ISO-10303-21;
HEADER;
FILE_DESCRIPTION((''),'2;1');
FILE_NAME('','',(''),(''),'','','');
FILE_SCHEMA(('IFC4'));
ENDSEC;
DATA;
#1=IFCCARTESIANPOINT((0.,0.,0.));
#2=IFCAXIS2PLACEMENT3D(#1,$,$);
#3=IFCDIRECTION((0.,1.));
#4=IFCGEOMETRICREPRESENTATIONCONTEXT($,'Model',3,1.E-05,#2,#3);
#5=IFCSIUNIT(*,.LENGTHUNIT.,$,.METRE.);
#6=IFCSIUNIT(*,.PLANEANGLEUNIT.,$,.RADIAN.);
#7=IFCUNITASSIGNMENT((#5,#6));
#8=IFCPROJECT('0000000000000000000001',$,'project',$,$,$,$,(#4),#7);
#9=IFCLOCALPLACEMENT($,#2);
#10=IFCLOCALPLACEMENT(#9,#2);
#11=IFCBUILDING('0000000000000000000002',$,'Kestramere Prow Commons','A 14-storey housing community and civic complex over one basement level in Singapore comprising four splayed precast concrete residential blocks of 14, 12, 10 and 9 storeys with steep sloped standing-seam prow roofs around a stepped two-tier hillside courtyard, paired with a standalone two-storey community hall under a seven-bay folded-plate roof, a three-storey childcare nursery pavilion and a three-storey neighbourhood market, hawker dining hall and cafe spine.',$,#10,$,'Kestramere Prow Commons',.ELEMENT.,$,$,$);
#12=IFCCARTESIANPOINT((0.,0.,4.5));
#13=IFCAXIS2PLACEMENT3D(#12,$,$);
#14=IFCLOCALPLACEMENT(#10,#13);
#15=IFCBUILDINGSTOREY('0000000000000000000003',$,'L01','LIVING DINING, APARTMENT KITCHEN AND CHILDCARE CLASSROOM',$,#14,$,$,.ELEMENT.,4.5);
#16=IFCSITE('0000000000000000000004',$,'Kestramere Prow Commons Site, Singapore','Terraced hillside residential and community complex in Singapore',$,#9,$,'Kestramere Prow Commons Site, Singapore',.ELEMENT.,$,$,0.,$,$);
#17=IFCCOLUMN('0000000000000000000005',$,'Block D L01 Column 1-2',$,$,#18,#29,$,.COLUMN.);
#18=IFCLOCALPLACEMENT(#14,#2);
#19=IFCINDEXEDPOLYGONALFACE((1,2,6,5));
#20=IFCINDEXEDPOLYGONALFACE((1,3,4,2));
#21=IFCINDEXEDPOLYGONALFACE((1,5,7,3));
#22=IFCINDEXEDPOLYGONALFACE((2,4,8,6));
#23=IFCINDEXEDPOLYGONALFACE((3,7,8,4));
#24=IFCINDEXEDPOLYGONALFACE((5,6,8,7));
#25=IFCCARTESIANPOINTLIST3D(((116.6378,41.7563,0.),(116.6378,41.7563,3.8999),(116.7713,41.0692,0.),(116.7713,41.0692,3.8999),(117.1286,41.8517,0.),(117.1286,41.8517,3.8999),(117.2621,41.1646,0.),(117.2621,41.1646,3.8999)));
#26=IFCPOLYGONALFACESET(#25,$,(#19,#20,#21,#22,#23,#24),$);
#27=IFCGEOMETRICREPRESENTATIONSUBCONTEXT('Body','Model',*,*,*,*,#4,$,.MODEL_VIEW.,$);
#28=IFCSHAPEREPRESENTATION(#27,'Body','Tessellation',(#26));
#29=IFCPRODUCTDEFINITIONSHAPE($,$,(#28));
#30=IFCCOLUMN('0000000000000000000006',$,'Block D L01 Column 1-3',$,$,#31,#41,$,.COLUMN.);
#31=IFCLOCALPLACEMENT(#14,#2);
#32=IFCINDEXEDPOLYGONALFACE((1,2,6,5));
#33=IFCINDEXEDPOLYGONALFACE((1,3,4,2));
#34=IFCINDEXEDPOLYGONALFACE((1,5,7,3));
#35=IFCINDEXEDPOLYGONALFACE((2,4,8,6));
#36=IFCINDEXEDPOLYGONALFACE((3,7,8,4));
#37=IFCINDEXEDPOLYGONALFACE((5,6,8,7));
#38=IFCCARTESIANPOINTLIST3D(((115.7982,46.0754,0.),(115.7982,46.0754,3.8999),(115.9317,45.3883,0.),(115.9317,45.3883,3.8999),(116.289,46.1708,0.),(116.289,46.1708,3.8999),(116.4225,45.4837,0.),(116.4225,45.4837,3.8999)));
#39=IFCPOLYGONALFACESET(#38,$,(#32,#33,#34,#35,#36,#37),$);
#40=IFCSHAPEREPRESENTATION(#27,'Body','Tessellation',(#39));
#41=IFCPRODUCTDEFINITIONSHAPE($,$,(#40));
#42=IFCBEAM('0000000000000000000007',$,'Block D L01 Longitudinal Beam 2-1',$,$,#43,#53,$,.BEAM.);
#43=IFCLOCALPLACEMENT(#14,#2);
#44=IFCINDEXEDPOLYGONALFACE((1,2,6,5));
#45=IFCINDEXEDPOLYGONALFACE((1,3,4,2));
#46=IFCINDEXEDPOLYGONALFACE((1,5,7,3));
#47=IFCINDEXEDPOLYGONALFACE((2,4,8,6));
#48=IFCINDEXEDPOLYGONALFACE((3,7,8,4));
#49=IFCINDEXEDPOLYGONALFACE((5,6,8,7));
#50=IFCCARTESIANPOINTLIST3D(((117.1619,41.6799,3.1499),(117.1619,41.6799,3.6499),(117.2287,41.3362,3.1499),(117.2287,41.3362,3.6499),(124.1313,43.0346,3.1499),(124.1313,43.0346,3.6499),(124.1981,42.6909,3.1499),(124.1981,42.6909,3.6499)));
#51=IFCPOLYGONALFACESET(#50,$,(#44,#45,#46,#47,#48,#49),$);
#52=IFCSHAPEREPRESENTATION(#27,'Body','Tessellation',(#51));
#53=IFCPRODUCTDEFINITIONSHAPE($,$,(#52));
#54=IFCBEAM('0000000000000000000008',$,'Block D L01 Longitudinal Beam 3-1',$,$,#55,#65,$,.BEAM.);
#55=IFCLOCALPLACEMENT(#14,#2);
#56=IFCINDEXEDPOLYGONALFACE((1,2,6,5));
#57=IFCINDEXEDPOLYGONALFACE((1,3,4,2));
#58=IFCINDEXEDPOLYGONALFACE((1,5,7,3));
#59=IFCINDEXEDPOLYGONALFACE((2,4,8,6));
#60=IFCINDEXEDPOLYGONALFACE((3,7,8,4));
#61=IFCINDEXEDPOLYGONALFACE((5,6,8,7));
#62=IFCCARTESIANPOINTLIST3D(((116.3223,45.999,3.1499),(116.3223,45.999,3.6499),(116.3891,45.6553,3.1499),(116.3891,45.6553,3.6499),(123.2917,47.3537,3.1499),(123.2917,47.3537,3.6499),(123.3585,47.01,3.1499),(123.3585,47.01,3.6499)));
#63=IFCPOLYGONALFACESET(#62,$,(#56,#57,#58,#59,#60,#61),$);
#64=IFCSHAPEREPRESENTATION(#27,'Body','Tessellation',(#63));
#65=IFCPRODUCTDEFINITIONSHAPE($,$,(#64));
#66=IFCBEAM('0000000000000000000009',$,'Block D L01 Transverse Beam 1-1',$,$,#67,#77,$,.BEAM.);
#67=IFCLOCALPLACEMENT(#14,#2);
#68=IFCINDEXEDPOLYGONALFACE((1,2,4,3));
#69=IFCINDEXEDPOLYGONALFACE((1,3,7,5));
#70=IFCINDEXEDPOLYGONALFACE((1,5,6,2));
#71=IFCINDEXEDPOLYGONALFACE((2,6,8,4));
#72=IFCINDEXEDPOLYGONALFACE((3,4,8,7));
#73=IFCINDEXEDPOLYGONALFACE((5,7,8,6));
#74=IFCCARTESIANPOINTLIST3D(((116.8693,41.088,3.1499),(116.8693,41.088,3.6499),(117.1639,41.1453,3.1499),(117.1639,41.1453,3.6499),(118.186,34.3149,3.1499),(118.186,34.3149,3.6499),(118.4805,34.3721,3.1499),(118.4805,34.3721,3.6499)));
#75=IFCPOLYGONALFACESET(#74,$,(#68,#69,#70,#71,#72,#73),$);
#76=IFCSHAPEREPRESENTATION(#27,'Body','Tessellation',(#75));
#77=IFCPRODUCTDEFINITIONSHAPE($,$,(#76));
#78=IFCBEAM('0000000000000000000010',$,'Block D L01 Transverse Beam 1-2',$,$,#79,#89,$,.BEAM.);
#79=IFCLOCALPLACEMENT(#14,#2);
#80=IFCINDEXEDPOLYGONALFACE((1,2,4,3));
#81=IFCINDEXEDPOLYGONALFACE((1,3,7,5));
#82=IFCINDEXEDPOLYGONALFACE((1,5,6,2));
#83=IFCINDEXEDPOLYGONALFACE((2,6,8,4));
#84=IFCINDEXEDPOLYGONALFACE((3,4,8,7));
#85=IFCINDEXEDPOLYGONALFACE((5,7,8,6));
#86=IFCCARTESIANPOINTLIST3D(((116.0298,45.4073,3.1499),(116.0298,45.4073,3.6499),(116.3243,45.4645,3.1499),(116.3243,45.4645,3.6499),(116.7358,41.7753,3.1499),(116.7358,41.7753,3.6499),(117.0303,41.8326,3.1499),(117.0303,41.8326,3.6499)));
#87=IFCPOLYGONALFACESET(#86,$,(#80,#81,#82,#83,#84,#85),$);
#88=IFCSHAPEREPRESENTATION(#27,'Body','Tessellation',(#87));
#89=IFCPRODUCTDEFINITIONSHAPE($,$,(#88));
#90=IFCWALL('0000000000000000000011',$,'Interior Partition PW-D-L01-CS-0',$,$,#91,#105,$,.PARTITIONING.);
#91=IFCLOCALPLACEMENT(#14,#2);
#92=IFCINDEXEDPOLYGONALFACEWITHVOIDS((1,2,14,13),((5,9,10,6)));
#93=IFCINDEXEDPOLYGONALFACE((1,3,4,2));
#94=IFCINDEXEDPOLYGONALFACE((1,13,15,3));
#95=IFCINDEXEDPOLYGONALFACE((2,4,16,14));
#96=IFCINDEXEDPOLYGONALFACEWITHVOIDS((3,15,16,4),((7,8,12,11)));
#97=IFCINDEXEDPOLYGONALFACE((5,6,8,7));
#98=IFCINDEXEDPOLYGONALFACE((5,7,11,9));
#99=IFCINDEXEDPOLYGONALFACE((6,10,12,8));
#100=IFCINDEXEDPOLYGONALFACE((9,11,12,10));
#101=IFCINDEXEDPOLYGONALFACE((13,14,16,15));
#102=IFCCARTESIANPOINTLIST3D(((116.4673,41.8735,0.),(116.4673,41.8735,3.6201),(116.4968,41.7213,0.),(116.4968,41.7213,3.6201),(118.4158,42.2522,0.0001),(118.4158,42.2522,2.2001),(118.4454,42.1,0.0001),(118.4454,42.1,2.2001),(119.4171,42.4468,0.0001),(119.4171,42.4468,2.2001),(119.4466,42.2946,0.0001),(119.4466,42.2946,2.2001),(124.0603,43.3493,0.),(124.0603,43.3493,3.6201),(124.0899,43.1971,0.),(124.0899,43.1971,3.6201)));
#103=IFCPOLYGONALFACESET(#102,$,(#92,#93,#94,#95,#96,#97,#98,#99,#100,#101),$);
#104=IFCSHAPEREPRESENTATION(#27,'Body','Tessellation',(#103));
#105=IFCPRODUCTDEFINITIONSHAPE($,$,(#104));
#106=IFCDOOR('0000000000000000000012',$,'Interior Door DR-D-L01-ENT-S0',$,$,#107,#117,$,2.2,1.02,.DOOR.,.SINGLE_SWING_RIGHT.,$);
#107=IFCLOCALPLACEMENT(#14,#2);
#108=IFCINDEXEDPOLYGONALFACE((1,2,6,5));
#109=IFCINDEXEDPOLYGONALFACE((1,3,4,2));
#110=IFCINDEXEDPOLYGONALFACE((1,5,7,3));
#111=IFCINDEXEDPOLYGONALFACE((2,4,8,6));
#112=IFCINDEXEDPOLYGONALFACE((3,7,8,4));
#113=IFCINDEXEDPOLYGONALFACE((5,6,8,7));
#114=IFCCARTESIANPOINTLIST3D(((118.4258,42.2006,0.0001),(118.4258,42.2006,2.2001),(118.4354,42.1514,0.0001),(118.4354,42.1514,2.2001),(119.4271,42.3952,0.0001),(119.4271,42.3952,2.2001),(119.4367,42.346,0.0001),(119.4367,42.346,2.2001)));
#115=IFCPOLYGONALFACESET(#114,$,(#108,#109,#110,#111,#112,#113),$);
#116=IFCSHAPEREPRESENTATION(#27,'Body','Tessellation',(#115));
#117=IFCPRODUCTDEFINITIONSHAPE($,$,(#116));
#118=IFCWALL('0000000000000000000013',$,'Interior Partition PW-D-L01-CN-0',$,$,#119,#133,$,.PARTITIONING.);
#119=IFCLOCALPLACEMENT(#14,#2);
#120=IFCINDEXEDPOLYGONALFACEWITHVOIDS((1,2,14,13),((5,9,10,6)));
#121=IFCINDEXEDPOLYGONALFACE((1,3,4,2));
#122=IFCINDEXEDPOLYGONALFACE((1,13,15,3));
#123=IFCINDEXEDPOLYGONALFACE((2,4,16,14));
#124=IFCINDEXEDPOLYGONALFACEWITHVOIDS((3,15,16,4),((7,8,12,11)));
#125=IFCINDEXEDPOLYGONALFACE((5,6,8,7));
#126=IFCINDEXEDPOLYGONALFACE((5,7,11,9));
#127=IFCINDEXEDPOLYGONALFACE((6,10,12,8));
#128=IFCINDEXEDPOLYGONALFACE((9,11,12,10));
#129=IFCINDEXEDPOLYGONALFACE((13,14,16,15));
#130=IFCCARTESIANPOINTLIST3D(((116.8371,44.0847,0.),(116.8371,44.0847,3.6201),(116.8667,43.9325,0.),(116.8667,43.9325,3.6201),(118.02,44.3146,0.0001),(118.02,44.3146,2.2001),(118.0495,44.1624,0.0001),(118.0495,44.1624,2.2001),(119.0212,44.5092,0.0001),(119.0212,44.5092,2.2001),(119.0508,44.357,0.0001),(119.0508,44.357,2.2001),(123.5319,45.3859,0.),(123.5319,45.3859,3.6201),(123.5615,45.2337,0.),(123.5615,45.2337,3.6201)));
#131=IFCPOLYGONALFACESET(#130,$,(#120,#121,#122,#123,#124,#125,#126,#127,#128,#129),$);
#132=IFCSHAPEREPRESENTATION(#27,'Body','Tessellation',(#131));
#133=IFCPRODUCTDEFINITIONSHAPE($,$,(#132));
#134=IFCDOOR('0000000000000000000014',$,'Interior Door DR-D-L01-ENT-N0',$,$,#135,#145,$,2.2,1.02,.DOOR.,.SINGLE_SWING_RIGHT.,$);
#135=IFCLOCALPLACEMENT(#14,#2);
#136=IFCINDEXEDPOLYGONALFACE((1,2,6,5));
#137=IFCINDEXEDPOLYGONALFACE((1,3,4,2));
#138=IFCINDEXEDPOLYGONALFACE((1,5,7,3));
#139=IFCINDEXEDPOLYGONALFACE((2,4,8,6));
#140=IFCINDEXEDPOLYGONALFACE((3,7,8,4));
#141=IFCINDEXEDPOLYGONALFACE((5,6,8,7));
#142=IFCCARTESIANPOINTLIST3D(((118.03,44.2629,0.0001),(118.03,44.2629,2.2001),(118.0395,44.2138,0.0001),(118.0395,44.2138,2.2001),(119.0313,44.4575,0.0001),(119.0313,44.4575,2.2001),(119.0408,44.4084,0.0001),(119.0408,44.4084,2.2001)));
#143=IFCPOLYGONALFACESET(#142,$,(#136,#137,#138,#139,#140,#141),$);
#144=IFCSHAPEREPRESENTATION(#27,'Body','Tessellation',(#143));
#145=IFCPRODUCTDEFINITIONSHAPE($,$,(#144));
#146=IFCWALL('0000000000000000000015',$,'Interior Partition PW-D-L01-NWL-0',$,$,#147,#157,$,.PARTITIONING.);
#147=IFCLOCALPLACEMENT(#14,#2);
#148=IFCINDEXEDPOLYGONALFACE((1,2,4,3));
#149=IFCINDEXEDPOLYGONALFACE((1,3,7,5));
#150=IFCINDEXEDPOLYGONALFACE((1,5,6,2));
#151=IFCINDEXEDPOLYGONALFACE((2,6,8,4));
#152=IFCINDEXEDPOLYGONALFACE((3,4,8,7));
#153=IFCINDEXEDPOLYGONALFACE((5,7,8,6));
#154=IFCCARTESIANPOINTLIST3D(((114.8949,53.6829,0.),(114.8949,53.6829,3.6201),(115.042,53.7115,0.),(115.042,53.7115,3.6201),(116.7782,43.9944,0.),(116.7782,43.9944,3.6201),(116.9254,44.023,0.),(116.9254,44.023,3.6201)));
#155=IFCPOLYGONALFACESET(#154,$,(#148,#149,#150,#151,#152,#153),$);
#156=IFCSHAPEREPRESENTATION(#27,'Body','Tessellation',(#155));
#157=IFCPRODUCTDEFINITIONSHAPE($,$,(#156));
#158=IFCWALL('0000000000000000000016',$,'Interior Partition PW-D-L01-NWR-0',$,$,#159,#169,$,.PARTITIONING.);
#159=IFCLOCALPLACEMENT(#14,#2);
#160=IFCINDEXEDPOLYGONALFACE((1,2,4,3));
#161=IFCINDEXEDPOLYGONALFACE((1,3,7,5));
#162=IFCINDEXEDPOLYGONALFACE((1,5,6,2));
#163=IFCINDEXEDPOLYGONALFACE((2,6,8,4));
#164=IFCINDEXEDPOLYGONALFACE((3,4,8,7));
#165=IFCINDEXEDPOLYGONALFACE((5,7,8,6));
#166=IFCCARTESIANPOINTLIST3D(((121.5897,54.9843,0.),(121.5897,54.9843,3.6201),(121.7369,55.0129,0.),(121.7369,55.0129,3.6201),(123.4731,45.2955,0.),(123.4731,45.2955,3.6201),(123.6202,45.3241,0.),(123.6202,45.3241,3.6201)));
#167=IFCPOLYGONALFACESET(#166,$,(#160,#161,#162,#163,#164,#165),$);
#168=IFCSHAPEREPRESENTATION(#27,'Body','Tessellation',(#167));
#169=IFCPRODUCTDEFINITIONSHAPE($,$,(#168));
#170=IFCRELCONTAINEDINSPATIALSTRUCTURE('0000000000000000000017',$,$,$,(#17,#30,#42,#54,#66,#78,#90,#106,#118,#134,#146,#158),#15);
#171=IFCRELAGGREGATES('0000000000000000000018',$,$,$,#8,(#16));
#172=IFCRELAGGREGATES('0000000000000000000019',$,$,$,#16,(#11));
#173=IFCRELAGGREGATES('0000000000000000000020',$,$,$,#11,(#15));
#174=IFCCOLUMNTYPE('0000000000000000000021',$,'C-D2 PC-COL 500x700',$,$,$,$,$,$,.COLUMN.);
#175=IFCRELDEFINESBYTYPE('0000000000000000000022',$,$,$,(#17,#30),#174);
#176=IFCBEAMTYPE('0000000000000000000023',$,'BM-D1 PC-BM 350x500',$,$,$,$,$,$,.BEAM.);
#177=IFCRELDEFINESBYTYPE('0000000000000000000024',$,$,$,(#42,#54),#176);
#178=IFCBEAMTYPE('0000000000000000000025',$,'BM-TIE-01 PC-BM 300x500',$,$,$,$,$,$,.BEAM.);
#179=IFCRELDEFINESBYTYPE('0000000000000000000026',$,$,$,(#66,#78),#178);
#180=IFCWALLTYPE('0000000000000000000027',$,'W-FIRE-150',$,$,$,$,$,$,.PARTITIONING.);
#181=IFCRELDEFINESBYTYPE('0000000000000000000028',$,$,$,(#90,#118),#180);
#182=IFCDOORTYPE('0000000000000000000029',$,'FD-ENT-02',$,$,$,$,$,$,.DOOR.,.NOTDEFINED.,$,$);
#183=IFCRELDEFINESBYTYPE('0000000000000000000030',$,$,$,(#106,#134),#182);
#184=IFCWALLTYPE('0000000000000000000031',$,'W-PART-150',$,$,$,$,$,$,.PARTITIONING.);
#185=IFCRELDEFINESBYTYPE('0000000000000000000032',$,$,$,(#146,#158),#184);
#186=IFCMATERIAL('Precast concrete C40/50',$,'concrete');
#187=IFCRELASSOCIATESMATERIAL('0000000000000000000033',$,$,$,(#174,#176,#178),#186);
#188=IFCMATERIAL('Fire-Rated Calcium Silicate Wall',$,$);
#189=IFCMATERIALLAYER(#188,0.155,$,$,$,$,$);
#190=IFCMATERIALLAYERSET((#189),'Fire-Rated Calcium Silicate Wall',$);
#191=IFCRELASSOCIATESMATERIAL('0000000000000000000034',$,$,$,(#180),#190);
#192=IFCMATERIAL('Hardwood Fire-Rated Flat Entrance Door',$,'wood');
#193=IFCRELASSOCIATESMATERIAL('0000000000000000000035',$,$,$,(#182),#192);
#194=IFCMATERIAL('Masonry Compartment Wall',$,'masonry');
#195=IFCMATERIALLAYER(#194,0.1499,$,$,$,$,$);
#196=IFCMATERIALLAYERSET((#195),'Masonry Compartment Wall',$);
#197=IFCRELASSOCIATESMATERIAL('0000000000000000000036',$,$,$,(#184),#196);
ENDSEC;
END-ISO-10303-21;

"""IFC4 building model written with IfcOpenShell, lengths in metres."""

from ifc_helpers import new_model, si_unit, direction, frame, frame_2d, origin, origin_2d, place, context, subcontext, project, spatial, rectangle, extrude, material, layer, layer_set, material_profile, profile_set, type_object, element, fill, save


model = new_model("IFC4")

# Units and contexts
model_context = context("Model", 3, precision=1e-05, world=origin(), true_north=direction((0.0, 1.0)))
body_context = subcontext(model_context, "Body", "Model", "MODEL_VIEW")
ifc_project = project(units=[si_unit("LENGTHUNIT", "METRE"), si_unit("PLANEANGLEUNIT", "RADIAN")], contexts=[model_context])

# Site, building, storey
site_placement = place(None, origin())
site = spatial("IfcSite", under=ifc_project, at=site_placement, Name="Kestramere Prow Commons Site, Singapore", Description="Terraced hillside residential and community complex in Singapore", LongName="Kestramere Prow Commons Site, Singapore", CompositionType="ELEMENT", RefElevation=0.0)
building_placement = place(site_placement, origin())
building = spatial("IfcBuilding", under=site, at=building_placement, Name="Kestramere Prow Commons", Description="A 14-storey housing community and civic complex over one basement level in Singapore comprising four splayed precast concrete residential blocks of 14, 12, 10 and 9 storeys with steep sloped standing-seam prow roofs around a stepped two-tier hillside courtyard, paired with a standalone two-storey community hall under a seven-bay folded-plate roof, a three-storey childcare nursery pavilion and a three-storey neighbourhood market, hawker dining hall and cafe spine.", LongName="Kestramere Prow Commons", CompositionType="ELEMENT")
storey_placement = place(building_placement, frame((0.0, 0.0, 4.5)))
storey = spatial("IfcBuildingStorey", under=building, at=storey_placement, Name="L01", Description="LIVING DINING, APARTMENT KITCHEN AND CHILDCARE CLASSROOM", CompositionType="ELEMENT", Elevation=4.5)

# Columns
ifc_material_1 = material(Name="Precast concrete C40/50", Category="concrete")
ifc_material_profile_1 = material_profile(ifc_material_1, rectangle(XDim=0.5, YDim=0.7, at=origin_2d()), Name="PC-COL 500x700")
ifc_profile_set_1 = profile_set([ifc_material_profile_1], Name="Precast concrete C40/50")
column_type = type_object("IfcColumnType", Name="C-D2 PC-COL 500x700", PredefinedType="COLUMN", material=ifc_profile_set_1)
for number, where, z_axis, x_axis, name in (
    (1, (116.95, 41.4604, 0.0), (0.0, 0.0, 1.0), (0.981627, 0.190809, 0.0), "Block D L01 Column 1-2"),
    (2, (116.1104, 45.7795, 0.0), (0.0, 0.0, 1.0), (0.981627, 0.190809, 0.0), "Block D L01 Column 1-3"),
):
    element("IfcColumn", number, at=place(storey_placement, frame(where, z_axis=z_axis, x_axis=x_axis)), inside=storey, type_object=column_type, Name=name, PredefinedType="COLUMN", context=body_context, shape_type="SweptSolid", body=[
        extrude(rectangle(XDim=0.5, YDim=0.7, at=origin_2d()), origin(), (0.0, 0.0, 1.0), 3.8999),
    ])

# Beams
ifc_material_profile_2 = material_profile(ifc_material_1, rectangle(XDim=0.3501, YDim=0.5, at=origin_2d()), Name="PC-BM 350x500")
ifc_profile_set_2 = profile_set([ifc_material_profile_2], Name="Precast concrete C40/50")
beam_type_1 = type_object("IfcBeamType", Name="BM-D1 PC-BM 350x500", PredefinedType="BEAM", material=ifc_profile_set_2)
for number, where, z_axis, x_axis, name in (
    (3, (117.1953, 41.5081, 3.3999), (0.981627, 0.19081, 0.0), (-0.19081, 0.981627, 0.0), "Block D L01 Longitudinal Beam 2-1"),
    (4, (116.3557, 45.8271, 3.3999), (0.981627, 0.19081, 0.0), (-0.19081, 0.981627, 0.0), "Block D L01 Longitudinal Beam 3-1"),
):
    element("IfcBeam", number, at=place(storey_placement, frame(where, z_axis=z_axis, x_axis=x_axis)), inside=storey, type_object=beam_type_1, Name=name, PredefinedType="BEAM", context=body_context, shape_type="SweptSolid", body=[
        extrude(rectangle(XDim=0.3501, YDim=0.5, at=origin_2d()), origin(), (0.0, 0.0, 1.0), 7.0999),
    ])
ifc_material_profile_3 = material_profile(ifc_material_1, rectangle(XDim=0.3, YDim=0.5, at=origin_2d()), Name="PC-BM 300x500")
ifc_profile_set_3 = profile_set([ifc_material_profile_3], Name="Precast concrete C40/50")
beam_type_2 = type_object("IfcBeamType", Name="BM-TIE-01 PC-BM 300x500", PredefinedType="BEAM", material=ifc_profile_set_3)
beam_1_placement = place(storey_placement, frame((118.3333, 34.3435, 3.3999), z_axis=(-0.190819, 0.981625, 0.0), x_axis=(-0.981625, -0.190819, 0.0)))
element("IfcBeam", 5, at=beam_1_placement, inside=storey, type_object=beam_type_2, Name="Block D L01 Transverse Beam 1-1", PredefinedType="BEAM", context=body_context, shape_type="SweptSolid", body=[
    extrude(rectangle(XDim=0.3, YDim=0.5, at=origin_2d()), origin(), (0.0, 0.0, 1.0), 6.8999),
])
beam_2_placement = place(storey_placement, frame((116.8831, 41.804, 3.3999), z_axis=(-0.190822, 0.981625, 0.0), x_axis=(-0.981625, -0.190822, 0.0)))
element("IfcBeam", 6, at=beam_2_placement, inside=storey, type_object=beam_type_2, Name="Block D L01 Transverse Beam 1-2", PredefinedType="BEAM", context=body_context, shape_type="SweptSolid", body=[
    extrude(rectangle(XDim=0.3, YDim=0.5, at=origin_2d()), origin(), (0.0, 0.0, 1.0), 3.7),
])

# Walls, openings, doors
ifc_material_2 = material(Name="Fire-Rated Calcium Silicate Wall")
ifc_layer_1 = layer(ifc_material_2, 0.155)
ifc_layer_set_1 = layer_set([ifc_layer_1], Name="Fire-Rated Calcium Silicate Wall")
wall_type_1 = type_object("IfcWallType", Name="W-FIRE-150", PredefinedType="PARTITIONING", material=ifc_layer_set_1)
wall_1_placement = place(storey_placement, frame((116.4819, 41.7974, 0.0), z_axis=(0.0, 0.0, 1.0), x_axis=(0.98163, 0.190796, 0.0)))
wall_1 = element("IfcWall", 7, at=wall_1_placement, inside=storey, type_object=wall_type_1, Name="Interior Partition PW-D-L01-CS-0", PredefinedType="PARTITIONING", context=body_context, shape_type="SweptSolid", body=[
    extrude(rectangle(XDim=7.7351, YDim=0.155, at=frame_2d((3.8677, 0.0))), origin(), (0.0, 0.0, 1.0), 3.6201),
])
opening_1_placement = place(wall_1_placement, frame((1.9851, 0.0, 0.0)))
opening_1 = element("IfcOpeningElement", 8, at=opening_1_placement, cuts=wall_1, PredefinedType="OPENING", context=body_context, shape_type="SweptSolid", body=[
    extrude(rectangle(XDim=1.02, YDim=2.2, at=frame_2d((0.51, 1.1001))), frame((0.0, 0.0925, 0.0), z_axis=(0.0, -1.0, 0.0), x_axis=(1.0, 0.0, 0.0)), (0.0, 0.0, 1.0), 0.1851),
])
ifc_material_3 = material(Name="Hardwood Fire-Rated Flat Entrance Door", Category="wood")
door_type_1 = type_object("IfcDoorType", Name="FD-ENT-02", OperationType="NOTDEFINED", PredefinedType="DOOR", material=ifc_material_3)
door_1_placement = place(opening_1_placement, origin())
door_1 = element("IfcDoor", 9, at=door_1_placement, inside=storey, type_object=door_type_1, Name="Interior Door DR-D-L01-ENT-S0", OperationType="SINGLE_SWING_RIGHT", OverallHeight=2.2, OverallWidth=1.02, PredefinedType="DOOR", context=body_context, shape_type="SweptSolid", body=[
    extrude(rectangle(XDim=1.02, YDim=2.2, at=frame_2d((0.51, 1.1001))), frame((0.0, 0.0249, 0.0), z_axis=(0.0, -1.0, 0.0), x_axis=(1.0, 0.0, 0.0)), (0.0, 0.0, 1.0), 0.05),
])
fill(opening_1, door_1)
wall_2_placement = place(storey_placement, frame((116.8518, 44.0085, 0.0), z_axis=(0.0, 0.0, 1.0), x_axis=(0.981629, 0.190799, 0.0)))
wall_2 = element("IfcWall", 10, at=wall_2_placement, inside=storey, type_object=wall_type_1, Name="Interior Partition PW-D-L01-CN-0", PredefinedType="PARTITIONING", context=body_context, shape_type="SweptSolid", body=[
    extrude(rectangle(XDim=6.8201, YDim=0.155, at=frame_2d((3.4102, 0.0))), origin(), (0.0, 0.0, 1.0), 3.6201),
])
opening_2_placement = place(wall_2_placement, frame((1.2051, 0.0, 0.0)))
opening_2 = element("IfcOpeningElement", 11, at=opening_2_placement, cuts=wall_2, PredefinedType="OPENING", context=body_context, shape_type="SweptSolid", body=[
    extrude(rectangle(XDim=1.02, YDim=2.2, at=frame_2d((0.51, 1.1001))), frame((0.0, 0.0925, 0.0), z_axis=(0.0, -1.0, 0.0), x_axis=(1.0, 0.0, 0.0)), (0.0, 0.0, 1.0), 0.1851),
])
door_2_placement = place(opening_2_placement, origin())
door_2 = element("IfcDoor", 12, at=door_2_placement, inside=storey, type_object=door_type_1, Name="Interior Door DR-D-L01-ENT-N0", OperationType="SINGLE_SWING_RIGHT", OverallHeight=2.2, OverallWidth=1.02, PredefinedType="DOOR", context=body_context, shape_type="SweptSolid", body=[
    extrude(rectangle(XDim=1.02, YDim=2.2, at=frame_2d((0.51, 1.1001))), frame((0.0, 0.0249, 0.0), z_axis=(0.0, -1.0, 0.0), x_axis=(1.0, 0.0, 0.0)), (0.0, 0.0, 1.0), 0.05),
])
fill(opening_2, door_2)

# Walls
ifc_material_4 = material(Name="Masonry Compartment Wall", Category="masonry")
ifc_layer_2 = layer(ifc_material_4, 0.1499)
ifc_layer_set_2 = layer_set([ifc_layer_2], Name="Masonry Compartment Wall")
wall_type_2 = type_object("IfcWallType", Name="W-PART-150", PredefinedType="PARTITIONING", material=ifc_layer_set_2)
wall_3_placement = place(storey_placement, frame((116.8518, 44.0085, 0.0), z_axis=(0.0, 0.0, 1.0), x_axis=(-0.190814, 0.981626, 0.0)))
element("IfcWall", 13, at=wall_3_placement, inside=storey, type_object=wall_type_2, Name="Interior Partition PW-D-L01-NWL-0", PredefinedType="PARTITIONING", context=body_context, shape_type="SweptSolid", body=[
    extrude(rectangle(XDim=9.8699, YDim=0.1499, at=frame_2d((4.9351, 0.0))), origin(), (0.0, 0.0, 1.0), 3.6201),
])
wall_4_placement = place(storey_placement, frame((123.5466, 45.3098, 0.0), z_axis=(0.0, 0.0, 1.0), x_axis=(-0.190809, 0.981627, 0.0)))
element("IfcWall", 14, at=wall_4_placement, inside=storey, type_object=wall_type_2, Name="Interior Partition PW-D-L01-NWR-0", PredefinedType="PARTITIONING", context=body_context, shape_type="SweptSolid", body=[
    extrude(rectangle(XDim=9.8701, YDim=0.1499, at=frame_2d((4.9351, 0.0))), origin(), (0.0, 0.0, 1.0), 3.6201),
])

save(model, "model.ifc")
